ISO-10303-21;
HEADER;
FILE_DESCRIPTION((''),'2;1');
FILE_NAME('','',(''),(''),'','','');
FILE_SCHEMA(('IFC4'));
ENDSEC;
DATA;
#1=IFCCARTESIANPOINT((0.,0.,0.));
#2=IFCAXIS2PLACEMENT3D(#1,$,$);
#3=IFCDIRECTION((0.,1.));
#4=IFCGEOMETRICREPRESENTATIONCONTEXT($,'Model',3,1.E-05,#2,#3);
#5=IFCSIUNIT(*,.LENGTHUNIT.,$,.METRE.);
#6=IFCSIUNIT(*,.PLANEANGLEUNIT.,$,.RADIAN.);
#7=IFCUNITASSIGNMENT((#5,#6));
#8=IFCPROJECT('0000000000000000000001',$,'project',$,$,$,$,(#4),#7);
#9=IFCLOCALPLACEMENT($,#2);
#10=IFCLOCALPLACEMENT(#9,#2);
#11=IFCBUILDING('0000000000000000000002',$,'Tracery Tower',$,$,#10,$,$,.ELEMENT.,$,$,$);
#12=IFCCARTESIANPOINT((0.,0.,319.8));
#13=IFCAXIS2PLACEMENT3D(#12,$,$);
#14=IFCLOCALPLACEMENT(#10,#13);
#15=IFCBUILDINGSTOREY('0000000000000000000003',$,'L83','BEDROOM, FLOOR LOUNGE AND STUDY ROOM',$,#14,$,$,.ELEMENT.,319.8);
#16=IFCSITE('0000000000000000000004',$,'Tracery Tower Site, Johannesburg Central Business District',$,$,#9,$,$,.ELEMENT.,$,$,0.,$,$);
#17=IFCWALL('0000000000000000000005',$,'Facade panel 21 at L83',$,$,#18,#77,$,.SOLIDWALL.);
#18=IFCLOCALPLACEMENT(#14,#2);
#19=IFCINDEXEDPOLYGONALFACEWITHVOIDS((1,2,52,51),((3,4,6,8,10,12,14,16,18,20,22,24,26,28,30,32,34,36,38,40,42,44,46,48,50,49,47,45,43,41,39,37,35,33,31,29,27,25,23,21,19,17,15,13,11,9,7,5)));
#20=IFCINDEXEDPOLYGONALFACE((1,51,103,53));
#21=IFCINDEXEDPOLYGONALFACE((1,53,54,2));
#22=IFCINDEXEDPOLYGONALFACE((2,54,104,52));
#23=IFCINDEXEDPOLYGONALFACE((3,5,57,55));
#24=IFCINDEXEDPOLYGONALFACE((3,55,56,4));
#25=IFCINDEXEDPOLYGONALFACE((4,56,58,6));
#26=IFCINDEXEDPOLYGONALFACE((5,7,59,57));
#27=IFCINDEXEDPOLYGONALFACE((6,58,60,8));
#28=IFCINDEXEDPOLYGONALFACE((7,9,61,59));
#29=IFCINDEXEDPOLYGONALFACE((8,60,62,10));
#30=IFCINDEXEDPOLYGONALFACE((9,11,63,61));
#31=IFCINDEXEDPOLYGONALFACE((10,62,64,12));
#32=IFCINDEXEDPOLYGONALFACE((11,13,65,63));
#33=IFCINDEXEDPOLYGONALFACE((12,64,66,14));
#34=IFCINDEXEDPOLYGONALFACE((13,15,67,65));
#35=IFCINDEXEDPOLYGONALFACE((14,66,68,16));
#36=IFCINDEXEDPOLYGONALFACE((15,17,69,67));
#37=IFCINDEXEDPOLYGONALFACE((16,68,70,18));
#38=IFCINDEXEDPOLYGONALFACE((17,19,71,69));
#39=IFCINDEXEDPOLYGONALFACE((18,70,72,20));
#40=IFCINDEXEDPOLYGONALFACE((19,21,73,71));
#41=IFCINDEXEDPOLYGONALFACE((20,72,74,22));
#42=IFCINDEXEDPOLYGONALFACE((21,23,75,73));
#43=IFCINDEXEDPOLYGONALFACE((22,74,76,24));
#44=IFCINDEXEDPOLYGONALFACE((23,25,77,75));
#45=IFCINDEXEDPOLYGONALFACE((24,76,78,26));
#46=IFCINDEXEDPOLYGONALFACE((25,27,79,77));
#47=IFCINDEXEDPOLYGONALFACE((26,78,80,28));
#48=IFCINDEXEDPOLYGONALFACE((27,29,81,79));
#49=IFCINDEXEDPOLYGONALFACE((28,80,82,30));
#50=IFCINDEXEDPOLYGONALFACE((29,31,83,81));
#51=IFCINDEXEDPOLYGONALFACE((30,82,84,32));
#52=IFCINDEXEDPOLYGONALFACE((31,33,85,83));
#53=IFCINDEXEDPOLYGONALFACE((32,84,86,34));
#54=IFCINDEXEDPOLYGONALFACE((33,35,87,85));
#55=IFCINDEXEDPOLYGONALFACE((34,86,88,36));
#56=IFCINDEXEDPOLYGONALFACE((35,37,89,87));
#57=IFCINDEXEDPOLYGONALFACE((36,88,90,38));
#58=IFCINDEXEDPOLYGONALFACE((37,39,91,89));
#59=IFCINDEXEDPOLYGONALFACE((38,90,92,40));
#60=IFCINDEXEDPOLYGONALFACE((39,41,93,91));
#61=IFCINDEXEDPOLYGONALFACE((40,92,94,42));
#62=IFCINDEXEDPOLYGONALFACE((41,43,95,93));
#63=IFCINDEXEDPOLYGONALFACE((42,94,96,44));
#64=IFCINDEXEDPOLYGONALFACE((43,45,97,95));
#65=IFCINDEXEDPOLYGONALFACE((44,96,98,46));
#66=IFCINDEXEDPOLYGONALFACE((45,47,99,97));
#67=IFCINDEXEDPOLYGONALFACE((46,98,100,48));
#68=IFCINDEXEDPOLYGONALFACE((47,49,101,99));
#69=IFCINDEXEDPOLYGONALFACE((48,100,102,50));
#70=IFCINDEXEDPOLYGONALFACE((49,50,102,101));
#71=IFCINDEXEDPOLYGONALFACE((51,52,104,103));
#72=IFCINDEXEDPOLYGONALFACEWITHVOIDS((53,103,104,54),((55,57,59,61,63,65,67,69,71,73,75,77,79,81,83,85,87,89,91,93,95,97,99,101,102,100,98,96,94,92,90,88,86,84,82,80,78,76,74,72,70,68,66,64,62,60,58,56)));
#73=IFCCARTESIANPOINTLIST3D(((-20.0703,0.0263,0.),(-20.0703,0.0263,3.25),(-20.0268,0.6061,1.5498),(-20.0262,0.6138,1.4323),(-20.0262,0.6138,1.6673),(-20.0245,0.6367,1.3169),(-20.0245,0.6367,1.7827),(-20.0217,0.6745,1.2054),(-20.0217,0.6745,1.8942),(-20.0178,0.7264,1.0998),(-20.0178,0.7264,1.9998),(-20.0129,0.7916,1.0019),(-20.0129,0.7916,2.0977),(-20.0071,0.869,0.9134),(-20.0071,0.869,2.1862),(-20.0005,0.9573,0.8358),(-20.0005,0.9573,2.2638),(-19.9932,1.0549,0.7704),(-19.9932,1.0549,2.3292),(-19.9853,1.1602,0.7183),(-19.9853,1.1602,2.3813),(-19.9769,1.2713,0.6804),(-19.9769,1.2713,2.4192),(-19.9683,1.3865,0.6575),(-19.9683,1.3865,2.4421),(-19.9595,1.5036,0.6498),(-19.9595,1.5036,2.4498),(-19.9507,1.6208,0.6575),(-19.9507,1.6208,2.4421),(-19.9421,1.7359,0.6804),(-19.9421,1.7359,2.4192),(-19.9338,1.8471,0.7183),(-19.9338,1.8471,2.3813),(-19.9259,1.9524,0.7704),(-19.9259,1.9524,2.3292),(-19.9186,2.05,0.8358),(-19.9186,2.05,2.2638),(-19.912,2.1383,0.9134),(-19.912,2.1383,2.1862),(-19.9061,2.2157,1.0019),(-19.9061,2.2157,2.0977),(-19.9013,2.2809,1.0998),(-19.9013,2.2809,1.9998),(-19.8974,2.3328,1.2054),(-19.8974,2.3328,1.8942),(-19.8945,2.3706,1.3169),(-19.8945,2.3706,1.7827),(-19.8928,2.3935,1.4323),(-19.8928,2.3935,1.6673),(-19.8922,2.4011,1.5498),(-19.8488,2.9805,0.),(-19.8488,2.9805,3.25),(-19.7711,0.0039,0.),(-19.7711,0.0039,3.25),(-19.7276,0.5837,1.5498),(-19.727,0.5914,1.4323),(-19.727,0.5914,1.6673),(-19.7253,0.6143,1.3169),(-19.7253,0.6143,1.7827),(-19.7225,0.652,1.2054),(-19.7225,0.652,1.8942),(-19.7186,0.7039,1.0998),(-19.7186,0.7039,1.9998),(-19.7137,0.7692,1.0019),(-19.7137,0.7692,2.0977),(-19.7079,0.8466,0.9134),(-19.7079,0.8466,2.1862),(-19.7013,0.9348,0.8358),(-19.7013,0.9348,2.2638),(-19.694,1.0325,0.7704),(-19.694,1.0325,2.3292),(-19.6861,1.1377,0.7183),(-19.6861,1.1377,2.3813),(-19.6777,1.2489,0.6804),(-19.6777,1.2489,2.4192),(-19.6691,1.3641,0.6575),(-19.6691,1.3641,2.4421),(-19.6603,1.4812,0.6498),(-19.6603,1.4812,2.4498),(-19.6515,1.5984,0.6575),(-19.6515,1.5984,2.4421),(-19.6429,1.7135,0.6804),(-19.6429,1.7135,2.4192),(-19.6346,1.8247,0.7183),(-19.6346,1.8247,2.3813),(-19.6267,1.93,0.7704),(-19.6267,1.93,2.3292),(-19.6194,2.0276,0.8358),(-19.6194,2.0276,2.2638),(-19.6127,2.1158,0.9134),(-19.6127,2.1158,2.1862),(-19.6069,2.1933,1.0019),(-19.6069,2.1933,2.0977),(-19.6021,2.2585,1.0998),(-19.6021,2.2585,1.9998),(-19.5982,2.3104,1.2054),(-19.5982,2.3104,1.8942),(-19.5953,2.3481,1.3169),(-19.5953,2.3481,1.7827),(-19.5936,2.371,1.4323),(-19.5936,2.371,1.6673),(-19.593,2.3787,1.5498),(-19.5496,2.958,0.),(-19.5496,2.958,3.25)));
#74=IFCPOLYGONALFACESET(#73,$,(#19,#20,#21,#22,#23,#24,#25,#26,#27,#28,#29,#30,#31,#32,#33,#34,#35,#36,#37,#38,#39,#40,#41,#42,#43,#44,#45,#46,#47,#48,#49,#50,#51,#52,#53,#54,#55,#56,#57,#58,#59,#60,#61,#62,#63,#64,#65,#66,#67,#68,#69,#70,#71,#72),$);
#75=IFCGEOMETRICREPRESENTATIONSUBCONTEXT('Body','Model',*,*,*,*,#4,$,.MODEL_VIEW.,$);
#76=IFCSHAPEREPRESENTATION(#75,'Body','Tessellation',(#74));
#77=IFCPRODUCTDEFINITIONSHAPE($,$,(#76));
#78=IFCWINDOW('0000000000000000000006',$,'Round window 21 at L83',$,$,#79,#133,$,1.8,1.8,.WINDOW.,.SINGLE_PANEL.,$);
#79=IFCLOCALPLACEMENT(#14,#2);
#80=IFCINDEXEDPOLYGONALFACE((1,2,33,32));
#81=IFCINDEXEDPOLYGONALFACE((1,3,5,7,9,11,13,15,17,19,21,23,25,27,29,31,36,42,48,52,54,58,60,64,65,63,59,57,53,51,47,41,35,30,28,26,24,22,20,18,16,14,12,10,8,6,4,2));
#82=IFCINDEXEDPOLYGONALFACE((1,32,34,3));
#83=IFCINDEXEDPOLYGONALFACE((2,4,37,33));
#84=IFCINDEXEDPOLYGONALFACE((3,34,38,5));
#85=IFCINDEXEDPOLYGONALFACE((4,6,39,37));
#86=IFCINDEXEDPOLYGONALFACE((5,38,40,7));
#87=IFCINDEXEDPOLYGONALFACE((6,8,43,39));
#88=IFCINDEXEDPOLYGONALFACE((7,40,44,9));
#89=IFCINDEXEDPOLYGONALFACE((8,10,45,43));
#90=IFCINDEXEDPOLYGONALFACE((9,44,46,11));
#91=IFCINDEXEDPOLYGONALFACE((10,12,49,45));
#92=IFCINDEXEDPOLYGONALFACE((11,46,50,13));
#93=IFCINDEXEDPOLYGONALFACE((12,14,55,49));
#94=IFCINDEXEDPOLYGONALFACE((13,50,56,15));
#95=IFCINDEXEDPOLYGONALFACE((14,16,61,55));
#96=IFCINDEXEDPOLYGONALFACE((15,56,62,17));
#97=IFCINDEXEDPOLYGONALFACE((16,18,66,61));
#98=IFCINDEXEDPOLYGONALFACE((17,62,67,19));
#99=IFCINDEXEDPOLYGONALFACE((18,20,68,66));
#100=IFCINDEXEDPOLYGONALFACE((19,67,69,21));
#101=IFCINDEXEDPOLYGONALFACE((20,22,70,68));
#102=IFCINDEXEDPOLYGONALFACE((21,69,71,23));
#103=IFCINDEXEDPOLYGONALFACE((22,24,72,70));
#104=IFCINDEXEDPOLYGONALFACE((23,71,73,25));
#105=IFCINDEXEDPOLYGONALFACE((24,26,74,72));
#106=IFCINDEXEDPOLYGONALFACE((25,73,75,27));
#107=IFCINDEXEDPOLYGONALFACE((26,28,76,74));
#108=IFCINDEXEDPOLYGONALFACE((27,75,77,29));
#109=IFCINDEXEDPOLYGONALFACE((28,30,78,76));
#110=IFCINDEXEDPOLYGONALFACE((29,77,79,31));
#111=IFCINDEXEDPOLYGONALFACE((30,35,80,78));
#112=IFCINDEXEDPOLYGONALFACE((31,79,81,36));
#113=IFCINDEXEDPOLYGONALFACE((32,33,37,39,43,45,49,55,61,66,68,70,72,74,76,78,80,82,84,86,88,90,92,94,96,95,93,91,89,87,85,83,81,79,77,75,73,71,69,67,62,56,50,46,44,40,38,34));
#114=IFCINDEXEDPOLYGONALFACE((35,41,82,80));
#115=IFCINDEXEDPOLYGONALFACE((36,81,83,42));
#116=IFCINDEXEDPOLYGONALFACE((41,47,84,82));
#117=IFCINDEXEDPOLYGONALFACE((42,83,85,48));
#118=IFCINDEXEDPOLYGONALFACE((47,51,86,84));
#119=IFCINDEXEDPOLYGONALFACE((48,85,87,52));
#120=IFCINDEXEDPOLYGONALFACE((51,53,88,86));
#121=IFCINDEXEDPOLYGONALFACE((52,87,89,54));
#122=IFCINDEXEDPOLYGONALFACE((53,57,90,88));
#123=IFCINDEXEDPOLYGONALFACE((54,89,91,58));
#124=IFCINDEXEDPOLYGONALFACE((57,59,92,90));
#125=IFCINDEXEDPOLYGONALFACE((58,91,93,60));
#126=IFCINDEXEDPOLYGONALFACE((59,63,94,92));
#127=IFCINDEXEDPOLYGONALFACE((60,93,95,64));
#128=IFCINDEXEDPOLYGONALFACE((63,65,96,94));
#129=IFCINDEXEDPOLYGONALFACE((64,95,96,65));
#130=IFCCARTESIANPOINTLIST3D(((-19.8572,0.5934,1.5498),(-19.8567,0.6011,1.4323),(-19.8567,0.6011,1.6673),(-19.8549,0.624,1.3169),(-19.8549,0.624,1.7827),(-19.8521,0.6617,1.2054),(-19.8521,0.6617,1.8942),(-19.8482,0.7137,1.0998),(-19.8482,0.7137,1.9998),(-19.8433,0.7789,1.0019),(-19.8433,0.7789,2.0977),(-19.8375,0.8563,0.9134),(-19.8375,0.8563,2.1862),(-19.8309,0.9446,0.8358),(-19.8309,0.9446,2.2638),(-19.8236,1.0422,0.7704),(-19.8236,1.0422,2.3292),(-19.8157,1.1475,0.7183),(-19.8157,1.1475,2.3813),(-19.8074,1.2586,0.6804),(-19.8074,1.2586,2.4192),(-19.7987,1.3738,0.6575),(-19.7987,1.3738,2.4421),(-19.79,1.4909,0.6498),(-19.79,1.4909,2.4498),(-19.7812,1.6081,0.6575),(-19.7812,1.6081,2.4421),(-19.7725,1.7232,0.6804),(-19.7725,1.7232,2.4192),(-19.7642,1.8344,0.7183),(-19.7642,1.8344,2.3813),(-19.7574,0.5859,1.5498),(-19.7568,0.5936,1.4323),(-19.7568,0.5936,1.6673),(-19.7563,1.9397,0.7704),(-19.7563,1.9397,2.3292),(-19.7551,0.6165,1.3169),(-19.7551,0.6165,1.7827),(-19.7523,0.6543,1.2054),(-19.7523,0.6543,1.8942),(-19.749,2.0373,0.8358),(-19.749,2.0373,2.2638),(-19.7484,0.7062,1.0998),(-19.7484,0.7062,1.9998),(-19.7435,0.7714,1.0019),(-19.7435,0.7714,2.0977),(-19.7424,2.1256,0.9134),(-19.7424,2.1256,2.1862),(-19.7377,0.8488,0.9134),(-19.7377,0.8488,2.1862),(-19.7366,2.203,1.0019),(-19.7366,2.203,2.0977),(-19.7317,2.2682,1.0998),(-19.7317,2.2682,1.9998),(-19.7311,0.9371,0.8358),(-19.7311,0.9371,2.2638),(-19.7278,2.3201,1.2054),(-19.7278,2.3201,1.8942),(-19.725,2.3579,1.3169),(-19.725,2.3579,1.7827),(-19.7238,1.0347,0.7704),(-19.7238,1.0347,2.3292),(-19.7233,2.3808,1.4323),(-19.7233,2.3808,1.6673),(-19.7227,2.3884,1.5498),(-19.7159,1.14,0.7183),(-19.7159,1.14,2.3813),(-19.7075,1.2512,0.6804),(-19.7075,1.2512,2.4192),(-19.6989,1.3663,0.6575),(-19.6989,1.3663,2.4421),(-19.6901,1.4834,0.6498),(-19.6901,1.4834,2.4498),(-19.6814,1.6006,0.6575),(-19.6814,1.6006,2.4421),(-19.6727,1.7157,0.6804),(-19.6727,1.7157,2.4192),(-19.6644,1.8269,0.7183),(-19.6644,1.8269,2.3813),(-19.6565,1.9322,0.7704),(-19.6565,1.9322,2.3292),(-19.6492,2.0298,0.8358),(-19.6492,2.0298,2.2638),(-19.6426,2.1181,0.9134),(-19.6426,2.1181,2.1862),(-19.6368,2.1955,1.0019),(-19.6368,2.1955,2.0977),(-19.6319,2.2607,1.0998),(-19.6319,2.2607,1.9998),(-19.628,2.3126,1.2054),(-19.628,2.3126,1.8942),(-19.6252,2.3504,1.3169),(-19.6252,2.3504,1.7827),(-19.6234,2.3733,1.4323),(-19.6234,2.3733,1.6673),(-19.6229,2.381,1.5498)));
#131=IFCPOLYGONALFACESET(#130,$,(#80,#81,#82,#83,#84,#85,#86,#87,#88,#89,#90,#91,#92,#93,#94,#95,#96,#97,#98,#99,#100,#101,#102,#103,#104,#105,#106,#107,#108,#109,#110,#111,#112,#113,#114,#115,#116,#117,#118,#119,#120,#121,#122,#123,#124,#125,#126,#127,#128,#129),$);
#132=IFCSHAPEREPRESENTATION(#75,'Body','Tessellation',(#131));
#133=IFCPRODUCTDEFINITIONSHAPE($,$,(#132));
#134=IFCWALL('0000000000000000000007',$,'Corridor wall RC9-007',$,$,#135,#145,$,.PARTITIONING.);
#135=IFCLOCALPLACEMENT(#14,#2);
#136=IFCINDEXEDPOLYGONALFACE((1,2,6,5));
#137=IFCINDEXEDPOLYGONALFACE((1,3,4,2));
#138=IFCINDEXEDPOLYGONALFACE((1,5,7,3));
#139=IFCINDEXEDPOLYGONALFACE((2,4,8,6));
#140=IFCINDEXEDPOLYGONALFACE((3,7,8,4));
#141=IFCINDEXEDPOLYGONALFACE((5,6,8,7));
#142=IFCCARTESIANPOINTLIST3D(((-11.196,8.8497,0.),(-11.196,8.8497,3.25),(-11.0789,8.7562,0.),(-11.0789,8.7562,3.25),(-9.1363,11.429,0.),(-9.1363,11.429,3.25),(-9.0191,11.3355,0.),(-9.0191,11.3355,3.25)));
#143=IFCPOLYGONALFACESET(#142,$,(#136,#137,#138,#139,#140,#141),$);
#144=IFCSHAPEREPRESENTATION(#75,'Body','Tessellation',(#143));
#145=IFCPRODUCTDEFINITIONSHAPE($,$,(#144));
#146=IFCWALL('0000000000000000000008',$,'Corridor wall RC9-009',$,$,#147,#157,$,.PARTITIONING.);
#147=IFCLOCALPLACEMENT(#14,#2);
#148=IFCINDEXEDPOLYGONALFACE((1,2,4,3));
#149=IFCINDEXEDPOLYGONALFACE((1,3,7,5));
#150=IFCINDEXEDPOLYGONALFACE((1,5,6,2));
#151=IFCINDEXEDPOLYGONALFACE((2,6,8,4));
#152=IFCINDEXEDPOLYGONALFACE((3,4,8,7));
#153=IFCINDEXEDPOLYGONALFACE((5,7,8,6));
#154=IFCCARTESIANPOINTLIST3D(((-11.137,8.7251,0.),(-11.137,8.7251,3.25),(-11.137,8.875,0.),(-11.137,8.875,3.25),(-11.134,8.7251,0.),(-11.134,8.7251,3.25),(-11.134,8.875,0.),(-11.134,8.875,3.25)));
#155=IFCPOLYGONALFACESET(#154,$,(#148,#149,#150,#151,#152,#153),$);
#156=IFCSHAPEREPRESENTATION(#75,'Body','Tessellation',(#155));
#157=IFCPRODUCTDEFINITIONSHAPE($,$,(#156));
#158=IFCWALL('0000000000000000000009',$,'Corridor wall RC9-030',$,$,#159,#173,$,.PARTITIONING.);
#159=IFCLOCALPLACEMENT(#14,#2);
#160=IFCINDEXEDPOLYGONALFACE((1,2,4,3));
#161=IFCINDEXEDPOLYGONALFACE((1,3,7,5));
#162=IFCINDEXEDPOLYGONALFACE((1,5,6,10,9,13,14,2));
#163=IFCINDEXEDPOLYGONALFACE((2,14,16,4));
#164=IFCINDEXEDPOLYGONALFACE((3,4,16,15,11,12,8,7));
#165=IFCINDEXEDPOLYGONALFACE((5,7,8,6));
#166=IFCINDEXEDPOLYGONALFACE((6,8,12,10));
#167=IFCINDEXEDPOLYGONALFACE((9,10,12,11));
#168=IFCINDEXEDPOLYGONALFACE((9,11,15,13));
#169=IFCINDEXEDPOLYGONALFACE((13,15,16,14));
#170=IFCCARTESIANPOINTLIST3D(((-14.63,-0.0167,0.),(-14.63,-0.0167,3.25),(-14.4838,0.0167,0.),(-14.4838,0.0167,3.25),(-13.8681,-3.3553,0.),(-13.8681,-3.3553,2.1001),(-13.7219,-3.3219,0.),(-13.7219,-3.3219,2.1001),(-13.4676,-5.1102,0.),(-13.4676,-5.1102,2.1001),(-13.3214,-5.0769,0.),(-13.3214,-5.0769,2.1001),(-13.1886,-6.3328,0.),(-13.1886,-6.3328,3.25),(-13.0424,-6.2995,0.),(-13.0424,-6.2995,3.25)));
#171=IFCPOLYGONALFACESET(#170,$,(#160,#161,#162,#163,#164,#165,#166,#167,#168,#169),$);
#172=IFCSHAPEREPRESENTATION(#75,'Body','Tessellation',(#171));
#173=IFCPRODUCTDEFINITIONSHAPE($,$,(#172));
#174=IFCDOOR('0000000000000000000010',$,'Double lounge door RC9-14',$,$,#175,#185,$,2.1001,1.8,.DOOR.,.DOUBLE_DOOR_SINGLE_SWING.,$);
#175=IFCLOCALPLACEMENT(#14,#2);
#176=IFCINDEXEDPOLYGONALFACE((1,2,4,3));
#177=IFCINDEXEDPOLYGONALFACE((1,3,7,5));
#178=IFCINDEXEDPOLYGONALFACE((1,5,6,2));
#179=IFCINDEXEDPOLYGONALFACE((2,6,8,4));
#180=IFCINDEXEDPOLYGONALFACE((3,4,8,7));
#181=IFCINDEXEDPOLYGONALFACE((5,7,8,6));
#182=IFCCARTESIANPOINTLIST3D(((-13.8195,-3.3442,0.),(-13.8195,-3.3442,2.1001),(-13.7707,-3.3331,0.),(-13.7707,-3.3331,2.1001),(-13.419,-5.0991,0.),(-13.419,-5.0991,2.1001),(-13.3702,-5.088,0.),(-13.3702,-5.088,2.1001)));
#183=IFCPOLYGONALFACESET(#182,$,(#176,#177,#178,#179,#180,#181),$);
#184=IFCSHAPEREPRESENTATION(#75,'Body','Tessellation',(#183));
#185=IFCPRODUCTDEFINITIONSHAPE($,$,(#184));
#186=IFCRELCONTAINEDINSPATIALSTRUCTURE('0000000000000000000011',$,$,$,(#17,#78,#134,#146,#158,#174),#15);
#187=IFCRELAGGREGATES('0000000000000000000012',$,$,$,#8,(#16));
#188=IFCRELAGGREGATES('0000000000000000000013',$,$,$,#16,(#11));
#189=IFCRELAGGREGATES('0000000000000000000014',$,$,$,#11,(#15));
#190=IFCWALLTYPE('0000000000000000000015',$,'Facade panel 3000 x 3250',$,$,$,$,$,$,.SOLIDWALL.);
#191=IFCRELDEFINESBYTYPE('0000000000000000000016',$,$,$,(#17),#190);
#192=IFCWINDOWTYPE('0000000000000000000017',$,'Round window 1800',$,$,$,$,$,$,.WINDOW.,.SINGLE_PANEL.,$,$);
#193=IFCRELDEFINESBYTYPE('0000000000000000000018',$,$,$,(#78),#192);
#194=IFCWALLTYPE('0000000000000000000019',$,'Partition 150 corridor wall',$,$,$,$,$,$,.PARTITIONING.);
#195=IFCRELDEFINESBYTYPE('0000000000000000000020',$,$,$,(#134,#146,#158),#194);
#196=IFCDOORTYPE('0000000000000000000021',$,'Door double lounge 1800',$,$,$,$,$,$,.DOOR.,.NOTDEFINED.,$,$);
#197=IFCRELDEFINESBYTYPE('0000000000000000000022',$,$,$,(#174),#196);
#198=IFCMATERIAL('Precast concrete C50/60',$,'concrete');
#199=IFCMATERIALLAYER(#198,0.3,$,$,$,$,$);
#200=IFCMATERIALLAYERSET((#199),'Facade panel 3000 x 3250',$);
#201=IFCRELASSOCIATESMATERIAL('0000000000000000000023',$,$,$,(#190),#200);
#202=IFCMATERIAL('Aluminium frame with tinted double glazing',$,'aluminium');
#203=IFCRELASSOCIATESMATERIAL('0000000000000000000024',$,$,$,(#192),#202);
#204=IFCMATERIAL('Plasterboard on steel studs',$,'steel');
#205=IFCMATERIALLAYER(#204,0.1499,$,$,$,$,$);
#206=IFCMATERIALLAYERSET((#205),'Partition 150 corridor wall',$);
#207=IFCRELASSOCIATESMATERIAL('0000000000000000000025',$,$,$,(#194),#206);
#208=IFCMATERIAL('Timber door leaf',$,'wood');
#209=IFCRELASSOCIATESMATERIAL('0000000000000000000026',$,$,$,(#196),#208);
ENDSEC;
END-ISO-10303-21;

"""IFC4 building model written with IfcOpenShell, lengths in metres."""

from ifc_helpers import new_model, si_unit, direction, frame, frame_2d, origin, origin_2d, place, context, subcontext, project, spatial, rectangle, circle, extrude, material, layer, layer_set, type_object, element, fill, save


model = new_model("IFC4")

# Units and contexts
model_context = context("Model", 3, precision=1e-05, world=origin(), true_north=direction((0.0, 1.0)))
body_context = subcontext(model_context, "Body", "Model", "MODEL_VIEW")
ifc_project = project(units=[si_unit("LENGTHUNIT", "METRE"), si_unit("PLANEANGLEUNIT", "RADIAN")], contexts=[model_context])

# Site, building, storey
site_placement = place(None, origin())
site = spatial("IfcSite", under=ifc_project, at=site_placement, Name="Tracery Tower Site, Johannesburg Central Business District", CompositionType="ELEMENT", RefElevation=0.0)
building_placement = place(site_placement, origin())
building = spatial("IfcBuilding", under=site, at=building_placement, Name="Tracery Tower", CompositionType="ELEMENT")
storey_placement = place(building_placement, frame((0.0, 0.0, 319.8)))
storey = spatial("IfcBuildingStorey", under=building, at=storey_placement, Name="L83", Description="BEDROOM, FLOOR LOUNGE AND STUDY ROOM", CompositionType="ELEMENT", Elevation=319.8)

# Wall, opening, window
ifc_material_1 = material(Name="Precast concrete C50/60", Category="concrete")
ifc_layer_1 = layer(ifc_material_1, 0.3)
ifc_layer_set_1 = layer_set([ifc_layer_1], Name="Facade panel 3000 x 3250")
wall_type_1 = type_object("IfcWallType", Name="Facade panel 3000 x 3250", PredefinedType="SOLIDWALL", material=ifc_layer_set_1)
ifc_material_2 = material(Name="Aluminium frame with tinted double glazing", Category="aluminium")
window_type = type_object("IfcWindowType", Name="Round window 1800", PartitioningType="SINGLE_PANEL", PredefinedType="WINDOW", material=ifc_material_2)
wall_1_placement = place(storey_placement, frame((-19.6992, 2.9692, 0.0), z_axis=(0.0, 0.0, 1.0), x_axis=(-0.074749, -0.997202, 0.0)))
wall_1 = element("IfcWall", 1, at=wall_1_placement, inside=storey, type_object=wall_type_1, Name="Facade panel 21 at L83", PredefinedType="SOLIDWALL", context=body_context, shape_type="SweptSolid", body=[
    extrude(rectangle(XDim=2.9624, YDim=0.3, at=frame_2d((1.4812, 0.0))), origin(), (0.0, 0.0, 1.0), 3.25),
])
opening_1_placement = place(wall_1_placement, frame((1.481, 0.0, 1.5498)))
opening_1 = element("IfcOpeningElement", 2, at=opening_1_placement, cuts=wall_1, PredefinedType="OPENING", context=body_context, shape_type="SweptSolid", body=[
    extrude(circle(Radius=0.9, at=origin_2d()), frame((0.0, 0.1599, 0.0), z_axis=(0.0, -1.0, 0.0), x_axis=(1.0, 0.0, 0.0)), (0.0, 0.0, 1.0), 0.3201),
])
window_1_placement = place(opening_1_placement, origin())
window_1 = element("IfcWindow", 3, at=window_1_placement, inside=storey, type_object=window_type, Name="Round window 21 at L83", OverallHeight=1.8, OverallWidth=1.8, PartitioningType="SINGLE_PANEL", PredefinedType="WINDOW", context=body_context, shape_type="SweptSolid", body=[
    extrude(circle(Radius=0.9, at=origin_2d()), frame((0.0, 0.1201, 0.0), z_axis=(0.0, -1.0, 0.0), x_axis=(1.0, 0.0, 0.0)), (0.0, 0.0, 1.0), 0.1001),
])
fill(opening_1, window_1)

# Walls
ifc_material_3 = material(Name="Plasterboard on steel studs", Category="steel")
ifc_layer_2 = layer(ifc_material_3, 0.1499)
ifc_layer_set_2 = layer_set([ifc_layer_2], Name="Partition 150 corridor wall")
wall_type_2 = type_object("IfcWallType", Name="Partition 150 corridor wall", PredefinedType="PARTITIONING", material=ifc_layer_set_2)
wall_2_placement = place(storey_placement, frame((-11.1375, 8.803, 0.0), z_axis=(0.0, 0.0, 1.0), x_axis=(0.624018, 0.78141, 0.0)))
element("IfcWall", 4, at=wall_2_placement, inside=storey, type_object=wall_type_2, Name="Corridor wall RC9-007", PredefinedType="PARTITIONING", context=body_context, shape_type="SweptSolid", body=[
    extrude(rectangle(XDim=3.3008, YDim=0.1499, at=frame_2d((1.6504, 0.0))), origin(), (0.0, 0.0, 1.0), 3.25),
])
wall_3_placement = place(storey_placement, frame((-11.134, 8.8, 0.0), z_axis=(0.0, 0.0, 1.0), x_axis=(-1.0, 0.0, 0.0)))
element("IfcWall", 5, at=wall_3_placement, inside=storey, type_object=wall_type_2, Name="Corridor wall RC9-009", PredefinedType="PARTITIONING", context=body_context, shape_type="SweptSolid", body=[
    extrude(rectangle(XDim=0.0029, YDim=0.1499, at=frame_2d((0.0015, 0.0))), origin(), (0.0, 0.0, 1.0), 3.25),
])

# Wall, opening, door
wall_4_placement = place(storey_placement, frame((-14.5569, 0.0, 0.0), z_axis=(0.0, 0.0, 1.0), x_axis=(0.222489, -0.974935, 0.0)))
wall_4 = element("IfcWall", 6, at=wall_4_placement, inside=storey, type_object=wall_type_2, Name="Corridor wall RC9-030", PredefinedType="PARTITIONING", context=body_context, shape_type="SweptSolid", body=[
    extrude(rectangle(XDim=6.4785, YDim=0.1499, at=frame_2d((3.2393, 0.0))), origin(), (0.0, 0.0, 1.0), 3.25),
])
opening_2_placement = place(wall_4_placement, frame((3.4246, 0.0, 0.0)))
opening_2 = element("IfcOpeningElement", 7, at=opening_2_placement, cuts=wall_4, PredefinedType="OPENING", context=body_context, shape_type="SweptSolid", body=[
    extrude(rectangle(XDim=1.8, YDim=2.1001, at=frame_2d((0.8999, 1.05))), frame((0.0, 0.075, 0.0), z_axis=(0.0, -1.0, 0.0), x_axis=(1.0, 0.0, 0.0)), (0.0, 0.0, 1.0), 0.1499),
])
ifc_material_4 = material(Name="Timber door leaf", Category="wood")
door_type_1 = type_object("IfcDoorType", Name="Door double lounge 1800", OperationType="NOTDEFINED", PredefinedType="DOOR", material=ifc_material_4)
door_1_placement = place(opening_2_placement, origin())
door_1 = element("IfcDoor", 8, at=door_1_placement, inside=storey, type_object=door_type_1, Name="Double lounge door RC9-14", OperationType="DOUBLE_DOOR_SINGLE_SWING", OverallHeight=2.1001, OverallWidth=1.8, PredefinedType="DOOR", context=body_context, shape_type="SweptSolid", body=[
    extrude(rectangle(XDim=1.8, YDim=2.1001, at=frame_2d((0.8999, 1.05))), frame((0.0, 0.0249, 0.0), z_axis=(0.0, -1.0, 0.0), x_axis=(1.0, 0.0, 0.0)), (0.0, 0.0, 1.0), 0.05),
])
fill(opening_2, door_1)

save(model, "model.ifc")
